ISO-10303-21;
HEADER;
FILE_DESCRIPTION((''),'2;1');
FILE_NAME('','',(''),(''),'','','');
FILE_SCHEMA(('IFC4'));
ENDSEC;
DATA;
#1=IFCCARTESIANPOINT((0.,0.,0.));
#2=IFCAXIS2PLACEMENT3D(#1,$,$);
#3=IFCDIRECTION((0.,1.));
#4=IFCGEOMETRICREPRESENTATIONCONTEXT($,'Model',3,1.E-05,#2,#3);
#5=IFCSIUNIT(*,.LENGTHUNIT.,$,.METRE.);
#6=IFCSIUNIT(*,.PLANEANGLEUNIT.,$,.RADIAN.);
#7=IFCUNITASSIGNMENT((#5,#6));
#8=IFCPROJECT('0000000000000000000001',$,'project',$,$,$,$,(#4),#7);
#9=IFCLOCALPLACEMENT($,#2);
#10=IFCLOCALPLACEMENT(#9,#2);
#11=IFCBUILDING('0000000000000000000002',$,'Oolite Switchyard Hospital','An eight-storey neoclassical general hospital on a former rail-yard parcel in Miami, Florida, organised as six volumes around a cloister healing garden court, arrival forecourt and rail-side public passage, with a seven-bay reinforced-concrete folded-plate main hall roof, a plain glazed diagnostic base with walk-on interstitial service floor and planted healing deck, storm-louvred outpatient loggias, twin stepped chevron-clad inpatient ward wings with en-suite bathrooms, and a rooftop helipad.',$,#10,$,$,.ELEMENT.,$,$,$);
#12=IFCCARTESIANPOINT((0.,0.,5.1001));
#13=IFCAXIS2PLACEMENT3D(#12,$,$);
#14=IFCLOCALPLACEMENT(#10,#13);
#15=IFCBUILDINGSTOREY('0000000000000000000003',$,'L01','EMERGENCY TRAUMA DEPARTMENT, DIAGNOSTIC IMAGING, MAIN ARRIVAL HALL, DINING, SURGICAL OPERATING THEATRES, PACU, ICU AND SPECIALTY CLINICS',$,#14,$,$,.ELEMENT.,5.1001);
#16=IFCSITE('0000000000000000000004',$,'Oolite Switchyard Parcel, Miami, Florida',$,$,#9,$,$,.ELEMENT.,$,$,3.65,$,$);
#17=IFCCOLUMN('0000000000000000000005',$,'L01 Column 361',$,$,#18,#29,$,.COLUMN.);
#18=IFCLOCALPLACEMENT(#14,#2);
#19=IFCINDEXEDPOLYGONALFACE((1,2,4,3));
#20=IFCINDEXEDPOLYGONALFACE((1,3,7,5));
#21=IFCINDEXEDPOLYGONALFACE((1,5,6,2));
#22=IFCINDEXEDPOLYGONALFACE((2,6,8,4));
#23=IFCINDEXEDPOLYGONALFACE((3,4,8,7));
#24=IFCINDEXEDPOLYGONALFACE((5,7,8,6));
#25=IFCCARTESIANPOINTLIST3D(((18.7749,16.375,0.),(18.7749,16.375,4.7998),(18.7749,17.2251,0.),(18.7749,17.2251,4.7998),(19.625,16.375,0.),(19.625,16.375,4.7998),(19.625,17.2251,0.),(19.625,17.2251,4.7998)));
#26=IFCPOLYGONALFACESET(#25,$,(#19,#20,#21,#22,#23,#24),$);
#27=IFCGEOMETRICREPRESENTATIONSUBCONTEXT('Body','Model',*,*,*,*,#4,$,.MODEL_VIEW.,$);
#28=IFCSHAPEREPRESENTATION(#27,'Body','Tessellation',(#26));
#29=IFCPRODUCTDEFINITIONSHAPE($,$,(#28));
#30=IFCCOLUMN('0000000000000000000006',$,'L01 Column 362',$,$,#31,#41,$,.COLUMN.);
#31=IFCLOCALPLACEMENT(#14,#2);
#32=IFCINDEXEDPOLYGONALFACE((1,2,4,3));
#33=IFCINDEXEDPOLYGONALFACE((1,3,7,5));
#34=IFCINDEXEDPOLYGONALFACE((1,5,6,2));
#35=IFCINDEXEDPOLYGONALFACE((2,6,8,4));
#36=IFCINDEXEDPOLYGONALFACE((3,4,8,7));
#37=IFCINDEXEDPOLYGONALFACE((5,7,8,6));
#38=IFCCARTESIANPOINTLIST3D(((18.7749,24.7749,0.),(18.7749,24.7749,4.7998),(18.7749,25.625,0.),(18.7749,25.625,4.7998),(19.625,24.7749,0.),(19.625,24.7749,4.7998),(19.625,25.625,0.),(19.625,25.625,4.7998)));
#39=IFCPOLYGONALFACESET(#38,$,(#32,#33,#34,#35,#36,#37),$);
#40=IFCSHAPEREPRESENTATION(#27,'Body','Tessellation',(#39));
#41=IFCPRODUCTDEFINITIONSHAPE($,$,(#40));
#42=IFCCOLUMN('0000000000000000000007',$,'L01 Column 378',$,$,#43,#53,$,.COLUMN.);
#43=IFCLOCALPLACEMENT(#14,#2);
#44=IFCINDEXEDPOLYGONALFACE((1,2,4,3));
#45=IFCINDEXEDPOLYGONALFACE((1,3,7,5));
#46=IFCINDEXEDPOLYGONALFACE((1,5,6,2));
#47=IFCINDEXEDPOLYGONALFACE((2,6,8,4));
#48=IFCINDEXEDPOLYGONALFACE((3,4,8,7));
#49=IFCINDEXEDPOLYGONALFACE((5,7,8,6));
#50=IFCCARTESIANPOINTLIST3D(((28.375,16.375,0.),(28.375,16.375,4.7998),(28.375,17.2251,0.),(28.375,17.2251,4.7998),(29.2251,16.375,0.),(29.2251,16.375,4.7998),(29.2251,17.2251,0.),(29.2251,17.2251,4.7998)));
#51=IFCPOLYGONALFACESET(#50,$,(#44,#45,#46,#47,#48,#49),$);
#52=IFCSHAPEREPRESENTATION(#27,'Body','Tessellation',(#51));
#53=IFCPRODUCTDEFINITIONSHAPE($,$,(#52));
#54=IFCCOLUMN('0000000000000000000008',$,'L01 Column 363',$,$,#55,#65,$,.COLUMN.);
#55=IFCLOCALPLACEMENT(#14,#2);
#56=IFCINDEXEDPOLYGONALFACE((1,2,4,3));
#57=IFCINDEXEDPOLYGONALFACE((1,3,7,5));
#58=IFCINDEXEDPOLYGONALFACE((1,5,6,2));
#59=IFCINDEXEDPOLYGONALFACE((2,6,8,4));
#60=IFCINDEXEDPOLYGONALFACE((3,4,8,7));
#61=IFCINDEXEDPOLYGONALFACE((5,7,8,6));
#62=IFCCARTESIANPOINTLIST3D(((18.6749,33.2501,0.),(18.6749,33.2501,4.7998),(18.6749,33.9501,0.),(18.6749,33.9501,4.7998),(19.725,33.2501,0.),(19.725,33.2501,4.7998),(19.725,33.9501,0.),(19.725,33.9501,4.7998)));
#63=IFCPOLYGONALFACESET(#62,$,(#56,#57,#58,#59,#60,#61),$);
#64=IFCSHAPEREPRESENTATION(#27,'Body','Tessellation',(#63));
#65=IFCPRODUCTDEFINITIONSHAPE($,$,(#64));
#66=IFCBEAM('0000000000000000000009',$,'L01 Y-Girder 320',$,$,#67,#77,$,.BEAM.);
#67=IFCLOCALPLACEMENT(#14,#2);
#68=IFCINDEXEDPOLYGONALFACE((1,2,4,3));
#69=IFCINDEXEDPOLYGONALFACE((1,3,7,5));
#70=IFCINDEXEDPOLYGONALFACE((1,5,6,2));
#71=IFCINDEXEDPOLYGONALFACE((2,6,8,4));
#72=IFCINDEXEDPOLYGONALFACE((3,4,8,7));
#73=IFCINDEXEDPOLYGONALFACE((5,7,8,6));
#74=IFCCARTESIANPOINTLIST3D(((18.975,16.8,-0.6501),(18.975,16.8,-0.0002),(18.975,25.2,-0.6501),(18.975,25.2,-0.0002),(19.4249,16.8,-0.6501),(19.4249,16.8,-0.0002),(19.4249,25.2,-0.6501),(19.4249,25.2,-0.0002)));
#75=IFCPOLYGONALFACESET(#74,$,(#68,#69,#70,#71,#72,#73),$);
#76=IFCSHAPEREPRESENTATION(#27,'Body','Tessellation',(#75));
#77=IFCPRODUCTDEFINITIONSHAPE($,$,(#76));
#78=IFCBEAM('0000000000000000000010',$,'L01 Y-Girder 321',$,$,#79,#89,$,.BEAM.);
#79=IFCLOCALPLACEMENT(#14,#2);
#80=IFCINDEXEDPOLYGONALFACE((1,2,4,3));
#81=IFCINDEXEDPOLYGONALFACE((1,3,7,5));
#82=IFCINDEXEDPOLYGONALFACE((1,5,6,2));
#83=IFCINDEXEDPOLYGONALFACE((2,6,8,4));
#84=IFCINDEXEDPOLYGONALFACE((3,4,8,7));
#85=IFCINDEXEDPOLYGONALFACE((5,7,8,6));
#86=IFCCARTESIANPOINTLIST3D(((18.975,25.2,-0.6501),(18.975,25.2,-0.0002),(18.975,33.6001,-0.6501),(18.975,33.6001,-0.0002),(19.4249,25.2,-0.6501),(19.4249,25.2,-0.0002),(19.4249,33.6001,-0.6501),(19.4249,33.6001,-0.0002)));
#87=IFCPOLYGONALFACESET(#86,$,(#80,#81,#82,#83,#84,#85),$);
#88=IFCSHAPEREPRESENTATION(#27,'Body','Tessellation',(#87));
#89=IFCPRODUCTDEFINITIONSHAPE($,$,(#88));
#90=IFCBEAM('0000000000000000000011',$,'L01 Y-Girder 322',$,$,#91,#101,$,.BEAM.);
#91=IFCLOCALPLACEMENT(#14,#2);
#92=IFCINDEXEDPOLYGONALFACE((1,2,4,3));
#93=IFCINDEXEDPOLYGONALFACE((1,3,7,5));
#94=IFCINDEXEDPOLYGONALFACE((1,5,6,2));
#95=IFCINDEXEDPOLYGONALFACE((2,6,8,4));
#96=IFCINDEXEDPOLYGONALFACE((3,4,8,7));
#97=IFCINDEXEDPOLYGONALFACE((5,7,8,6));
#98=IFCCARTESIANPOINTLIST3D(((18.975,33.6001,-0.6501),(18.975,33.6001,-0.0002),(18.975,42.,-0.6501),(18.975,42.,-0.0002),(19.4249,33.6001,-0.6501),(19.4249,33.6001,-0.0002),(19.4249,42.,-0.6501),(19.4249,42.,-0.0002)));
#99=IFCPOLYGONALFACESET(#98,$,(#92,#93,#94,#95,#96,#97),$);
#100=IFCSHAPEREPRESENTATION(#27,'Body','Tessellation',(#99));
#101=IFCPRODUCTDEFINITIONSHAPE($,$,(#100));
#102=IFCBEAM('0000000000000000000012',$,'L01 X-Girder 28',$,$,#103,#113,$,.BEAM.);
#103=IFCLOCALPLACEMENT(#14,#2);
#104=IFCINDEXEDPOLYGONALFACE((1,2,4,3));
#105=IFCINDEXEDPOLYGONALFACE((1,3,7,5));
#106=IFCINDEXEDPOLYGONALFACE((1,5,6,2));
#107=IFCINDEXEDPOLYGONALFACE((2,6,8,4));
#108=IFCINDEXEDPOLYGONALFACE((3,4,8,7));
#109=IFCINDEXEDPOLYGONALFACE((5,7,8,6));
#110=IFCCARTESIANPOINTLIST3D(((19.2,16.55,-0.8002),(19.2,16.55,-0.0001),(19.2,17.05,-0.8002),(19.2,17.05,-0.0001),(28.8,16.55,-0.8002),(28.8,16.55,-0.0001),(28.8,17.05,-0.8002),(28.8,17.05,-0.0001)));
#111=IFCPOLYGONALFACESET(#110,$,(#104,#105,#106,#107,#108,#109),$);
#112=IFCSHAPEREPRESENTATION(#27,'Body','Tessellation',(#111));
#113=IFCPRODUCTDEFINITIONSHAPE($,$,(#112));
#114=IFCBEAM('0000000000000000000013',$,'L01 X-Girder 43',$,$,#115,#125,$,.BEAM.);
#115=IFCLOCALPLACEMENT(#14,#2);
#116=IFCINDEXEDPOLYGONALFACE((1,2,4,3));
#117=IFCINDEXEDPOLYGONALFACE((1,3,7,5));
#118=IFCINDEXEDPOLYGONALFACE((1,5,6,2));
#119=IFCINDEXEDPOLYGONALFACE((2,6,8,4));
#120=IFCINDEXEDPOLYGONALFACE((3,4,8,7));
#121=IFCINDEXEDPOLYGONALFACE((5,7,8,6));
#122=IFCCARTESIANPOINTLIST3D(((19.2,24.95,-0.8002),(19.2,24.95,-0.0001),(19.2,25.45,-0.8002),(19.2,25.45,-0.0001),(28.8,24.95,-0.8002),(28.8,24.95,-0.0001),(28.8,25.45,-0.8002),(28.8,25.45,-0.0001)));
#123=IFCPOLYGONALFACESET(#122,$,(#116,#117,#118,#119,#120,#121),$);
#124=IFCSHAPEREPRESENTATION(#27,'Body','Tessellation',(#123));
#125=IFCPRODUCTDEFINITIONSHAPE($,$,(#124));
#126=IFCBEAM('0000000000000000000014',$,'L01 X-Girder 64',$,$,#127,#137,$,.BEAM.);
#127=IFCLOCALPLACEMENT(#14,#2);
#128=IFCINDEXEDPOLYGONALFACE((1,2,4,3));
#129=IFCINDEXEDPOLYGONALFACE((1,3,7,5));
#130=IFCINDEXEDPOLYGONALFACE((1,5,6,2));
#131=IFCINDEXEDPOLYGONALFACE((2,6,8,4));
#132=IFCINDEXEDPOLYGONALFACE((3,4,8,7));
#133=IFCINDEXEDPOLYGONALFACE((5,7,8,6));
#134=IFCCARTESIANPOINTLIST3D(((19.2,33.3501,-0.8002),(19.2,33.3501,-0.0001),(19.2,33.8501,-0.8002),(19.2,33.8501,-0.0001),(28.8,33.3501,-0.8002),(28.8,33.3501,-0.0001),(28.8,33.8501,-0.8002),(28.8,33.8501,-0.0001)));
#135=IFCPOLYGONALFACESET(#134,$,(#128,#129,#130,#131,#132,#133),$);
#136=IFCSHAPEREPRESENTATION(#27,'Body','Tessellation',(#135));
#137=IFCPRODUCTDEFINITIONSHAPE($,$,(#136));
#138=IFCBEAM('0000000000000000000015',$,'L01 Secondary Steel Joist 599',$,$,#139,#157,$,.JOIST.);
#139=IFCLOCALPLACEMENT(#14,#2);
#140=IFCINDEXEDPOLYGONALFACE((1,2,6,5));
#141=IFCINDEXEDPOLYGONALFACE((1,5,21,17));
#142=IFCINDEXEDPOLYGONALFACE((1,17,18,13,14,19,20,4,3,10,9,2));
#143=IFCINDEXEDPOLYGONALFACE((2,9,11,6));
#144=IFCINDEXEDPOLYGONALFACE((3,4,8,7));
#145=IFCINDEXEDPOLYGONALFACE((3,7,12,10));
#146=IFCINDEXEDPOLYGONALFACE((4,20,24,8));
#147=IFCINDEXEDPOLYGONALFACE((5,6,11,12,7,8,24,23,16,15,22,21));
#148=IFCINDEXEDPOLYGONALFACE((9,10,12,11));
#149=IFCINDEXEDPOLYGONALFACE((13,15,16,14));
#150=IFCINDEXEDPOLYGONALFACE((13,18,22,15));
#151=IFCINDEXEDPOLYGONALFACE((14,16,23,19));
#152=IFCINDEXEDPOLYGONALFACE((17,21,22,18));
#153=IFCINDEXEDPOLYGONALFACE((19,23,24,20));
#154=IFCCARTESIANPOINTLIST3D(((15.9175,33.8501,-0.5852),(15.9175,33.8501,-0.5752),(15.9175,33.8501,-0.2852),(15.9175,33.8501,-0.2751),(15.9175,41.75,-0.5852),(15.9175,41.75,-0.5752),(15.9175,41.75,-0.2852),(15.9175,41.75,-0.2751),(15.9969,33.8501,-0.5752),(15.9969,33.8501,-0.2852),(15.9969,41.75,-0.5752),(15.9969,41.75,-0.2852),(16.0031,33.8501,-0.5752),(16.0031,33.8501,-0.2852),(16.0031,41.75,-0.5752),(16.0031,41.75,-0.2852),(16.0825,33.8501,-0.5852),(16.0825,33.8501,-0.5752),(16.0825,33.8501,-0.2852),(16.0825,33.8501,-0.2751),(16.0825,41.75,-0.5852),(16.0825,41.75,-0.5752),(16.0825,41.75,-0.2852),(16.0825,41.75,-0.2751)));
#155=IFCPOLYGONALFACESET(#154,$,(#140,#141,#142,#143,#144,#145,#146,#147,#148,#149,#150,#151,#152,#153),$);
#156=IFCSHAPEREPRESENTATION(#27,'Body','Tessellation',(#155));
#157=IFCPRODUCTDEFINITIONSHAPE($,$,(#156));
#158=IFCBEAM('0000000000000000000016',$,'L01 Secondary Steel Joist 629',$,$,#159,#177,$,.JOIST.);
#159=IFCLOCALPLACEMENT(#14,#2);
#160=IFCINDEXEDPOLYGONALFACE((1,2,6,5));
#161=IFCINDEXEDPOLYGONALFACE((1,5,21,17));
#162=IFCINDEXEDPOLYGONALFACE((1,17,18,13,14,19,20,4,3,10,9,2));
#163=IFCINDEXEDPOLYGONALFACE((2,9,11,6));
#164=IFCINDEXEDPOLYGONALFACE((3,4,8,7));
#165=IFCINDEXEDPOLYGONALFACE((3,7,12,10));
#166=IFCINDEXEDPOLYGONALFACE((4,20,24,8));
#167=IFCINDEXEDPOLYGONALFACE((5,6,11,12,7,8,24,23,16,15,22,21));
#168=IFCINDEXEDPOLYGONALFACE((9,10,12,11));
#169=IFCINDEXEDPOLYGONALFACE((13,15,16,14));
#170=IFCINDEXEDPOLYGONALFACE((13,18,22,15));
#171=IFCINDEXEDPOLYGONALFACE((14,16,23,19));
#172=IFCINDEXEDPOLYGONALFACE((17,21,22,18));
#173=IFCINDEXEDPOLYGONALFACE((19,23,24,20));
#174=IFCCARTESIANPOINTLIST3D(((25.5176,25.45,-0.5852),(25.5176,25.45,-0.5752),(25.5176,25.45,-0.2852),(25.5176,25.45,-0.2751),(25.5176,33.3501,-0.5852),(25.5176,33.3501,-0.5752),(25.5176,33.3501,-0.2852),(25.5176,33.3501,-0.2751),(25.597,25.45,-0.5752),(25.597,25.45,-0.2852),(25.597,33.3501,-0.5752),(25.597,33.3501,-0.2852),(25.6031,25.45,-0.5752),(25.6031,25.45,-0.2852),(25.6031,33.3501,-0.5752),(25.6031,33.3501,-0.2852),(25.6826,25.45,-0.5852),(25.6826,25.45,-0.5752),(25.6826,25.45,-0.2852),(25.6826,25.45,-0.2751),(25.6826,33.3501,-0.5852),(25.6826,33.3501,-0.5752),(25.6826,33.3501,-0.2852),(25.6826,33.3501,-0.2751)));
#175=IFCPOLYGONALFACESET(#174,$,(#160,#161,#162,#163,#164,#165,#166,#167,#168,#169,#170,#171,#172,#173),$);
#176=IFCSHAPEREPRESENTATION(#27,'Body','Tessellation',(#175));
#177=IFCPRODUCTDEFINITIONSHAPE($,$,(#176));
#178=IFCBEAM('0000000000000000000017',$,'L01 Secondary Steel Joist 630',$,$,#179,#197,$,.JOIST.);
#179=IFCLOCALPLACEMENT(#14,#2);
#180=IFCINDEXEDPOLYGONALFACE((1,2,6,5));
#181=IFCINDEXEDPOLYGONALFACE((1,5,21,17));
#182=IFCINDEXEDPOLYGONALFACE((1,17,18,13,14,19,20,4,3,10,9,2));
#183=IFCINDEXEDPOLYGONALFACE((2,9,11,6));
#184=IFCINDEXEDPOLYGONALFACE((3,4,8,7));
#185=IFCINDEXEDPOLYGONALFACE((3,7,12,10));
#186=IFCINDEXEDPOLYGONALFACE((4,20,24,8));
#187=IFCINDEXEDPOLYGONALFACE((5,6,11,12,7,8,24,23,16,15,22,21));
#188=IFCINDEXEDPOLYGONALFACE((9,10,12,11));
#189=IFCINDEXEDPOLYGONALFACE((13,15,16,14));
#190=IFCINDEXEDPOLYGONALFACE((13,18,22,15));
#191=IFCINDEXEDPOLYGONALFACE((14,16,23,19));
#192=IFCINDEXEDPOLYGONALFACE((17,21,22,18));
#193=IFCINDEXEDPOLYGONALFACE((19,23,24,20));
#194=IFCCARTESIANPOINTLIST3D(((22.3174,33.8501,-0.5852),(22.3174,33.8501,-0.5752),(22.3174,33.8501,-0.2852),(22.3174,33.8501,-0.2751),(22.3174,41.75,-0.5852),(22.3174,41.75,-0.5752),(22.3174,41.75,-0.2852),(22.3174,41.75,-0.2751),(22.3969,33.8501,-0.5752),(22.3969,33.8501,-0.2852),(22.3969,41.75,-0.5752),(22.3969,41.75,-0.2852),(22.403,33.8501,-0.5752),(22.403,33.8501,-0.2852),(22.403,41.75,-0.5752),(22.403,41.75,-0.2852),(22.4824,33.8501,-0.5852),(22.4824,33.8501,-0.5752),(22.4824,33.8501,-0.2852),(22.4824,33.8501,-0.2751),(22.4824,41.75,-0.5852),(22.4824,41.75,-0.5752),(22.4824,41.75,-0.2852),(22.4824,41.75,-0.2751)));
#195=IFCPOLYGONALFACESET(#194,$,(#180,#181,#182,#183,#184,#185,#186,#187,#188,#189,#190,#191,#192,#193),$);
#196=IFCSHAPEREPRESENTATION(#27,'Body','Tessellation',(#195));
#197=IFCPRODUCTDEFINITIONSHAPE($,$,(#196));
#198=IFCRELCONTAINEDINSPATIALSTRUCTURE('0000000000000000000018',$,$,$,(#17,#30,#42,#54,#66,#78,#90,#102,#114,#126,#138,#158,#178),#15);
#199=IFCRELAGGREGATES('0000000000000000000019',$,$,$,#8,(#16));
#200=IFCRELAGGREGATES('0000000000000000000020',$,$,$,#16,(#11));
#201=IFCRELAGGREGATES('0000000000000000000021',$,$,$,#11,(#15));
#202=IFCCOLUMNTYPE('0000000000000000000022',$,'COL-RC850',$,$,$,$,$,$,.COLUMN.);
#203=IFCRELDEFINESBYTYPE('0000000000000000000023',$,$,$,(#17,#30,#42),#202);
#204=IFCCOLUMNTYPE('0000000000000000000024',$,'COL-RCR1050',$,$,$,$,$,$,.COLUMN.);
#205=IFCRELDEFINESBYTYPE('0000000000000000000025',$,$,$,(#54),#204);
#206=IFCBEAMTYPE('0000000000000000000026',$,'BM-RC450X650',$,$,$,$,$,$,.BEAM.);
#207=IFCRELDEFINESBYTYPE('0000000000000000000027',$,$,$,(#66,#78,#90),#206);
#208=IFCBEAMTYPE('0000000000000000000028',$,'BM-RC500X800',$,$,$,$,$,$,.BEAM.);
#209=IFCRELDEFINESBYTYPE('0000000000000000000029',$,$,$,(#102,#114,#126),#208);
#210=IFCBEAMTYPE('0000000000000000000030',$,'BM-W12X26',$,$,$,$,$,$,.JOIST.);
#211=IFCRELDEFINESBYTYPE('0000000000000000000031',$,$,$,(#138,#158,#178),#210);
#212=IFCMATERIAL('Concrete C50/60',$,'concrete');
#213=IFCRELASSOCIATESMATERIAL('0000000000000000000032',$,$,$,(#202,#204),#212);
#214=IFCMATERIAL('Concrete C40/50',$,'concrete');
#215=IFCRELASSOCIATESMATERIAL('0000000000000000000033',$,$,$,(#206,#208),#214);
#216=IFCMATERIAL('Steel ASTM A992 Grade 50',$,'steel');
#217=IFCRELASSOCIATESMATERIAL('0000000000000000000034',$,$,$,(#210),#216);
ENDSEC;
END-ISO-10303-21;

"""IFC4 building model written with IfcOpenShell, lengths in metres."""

from ifc_helpers import new_model, si_unit, direction, frame, origin, origin_2d, place, context, subcontext, project, spatial, rectangle, i_section, extrude, material, material_profile, profile_set, type_object, element, save


model = new_model("IFC4")

# Units and contexts
model_context = context("Model", 3, precision=1e-05, world=origin(), true_north=direction((0.0, 1.0)))
body_context = subcontext(model_context, "Body", "Model", "MODEL_VIEW")
ifc_project = project(units=[si_unit("LENGTHUNIT", "METRE"), si_unit("PLANEANGLEUNIT", "RADIAN")], contexts=[model_context])

# Site, building, storey
site_placement = place(None, origin())
site = spatial("IfcSite", under=ifc_project, at=site_placement, Name="Oolite Switchyard Parcel, Miami, Florida", CompositionType="ELEMENT", RefElevation=3.65)
building_placement = place(site_placement, origin())
building = spatial("IfcBuilding", under=site, at=building_placement, Name="Oolite Switchyard Hospital", Description="An eight-storey neoclassical general hospital on a former rail-yard parcel in Miami, Florida, organised as six volumes around a cloister healing garden court, arrival forecourt and rail-side public passage, with a seven-bay reinforced-concrete folded-plate main hall roof, a plain glazed diagnostic base with walk-on interstitial service floor and planted healing deck, storm-louvred outpatient loggias, twin stepped chevron-clad inpatient ward wings with en-suite bathrooms, and a rooftop helipad.", CompositionType="ELEMENT")
storey_placement = place(building_placement, frame((0.0, 0.0, 5.1001)))
storey = spatial("IfcBuildingStorey", under=building, at=storey_placement, Name="L01", Description="EMERGENCY TRAUMA DEPARTMENT, DIAGNOSTIC IMAGING, MAIN ARRIVAL HALL, DINING, SURGICAL OPERATING THEATRES, PACU, ICU AND SPECIALTY CLINICS", CompositionType="ELEMENT", Elevation=5.1001)

# Columns
ifc_material_1 = material(Name="Concrete C50/60", Category="concrete")
ifc_material_profile_1 = material_profile(ifc_material_1, rectangle(XDim=0.8501, YDim=0.8501, at=origin_2d()), Name="RC850X850")
ifc_profile_set_1 = profile_set([ifc_material_profile_1], Name="Concrete C50/60")
column_type_1 = type_object("IfcColumnType", Name="COL-RC850", PredefinedType="COLUMN", material=ifc_profile_set_1)
for number, where, z_axis, x_axis, name in (
    (1, (19.2, 16.8, 0.0), (0.0, 0.0, 1.0), (1.0, 0.0, 0.0), "L01 Column 361"),
    (2, (19.2, 25.2, 0.0), (0.0, 0.0, 1.0), (1.0, 0.0, 0.0), "L01 Column 362"),
    (3, (28.8, 16.8, 0.0), (0.0, 0.0, 1.0), (1.0, 0.0, 0.0), "L01 Column 378"),
):
    element("IfcColumn", number, at=place(storey_placement, frame(where, z_axis=z_axis, x_axis=x_axis)), inside=storey, type_object=column_type_1, Name=name, PredefinedType="COLUMN", context=body_context, shape_type="SweptSolid", body=[
        extrude(rectangle(XDim=0.8501, YDim=0.8501, at=origin_2d()), origin(), (0.0, 0.0, 1.0), 4.7998),
    ])
ifc_material_profile_2 = material_profile(ifc_material_1, rectangle(XDim=1.05, YDim=0.7, at=origin_2d()), Name="RC1050X700")
ifc_profile_set_2 = profile_set([ifc_material_profile_2], Name="Concrete C50/60")
column_type_2 = type_object("IfcColumnType", Name="COL-RCR1050", PredefinedType="COLUMN", material=ifc_profile_set_2)
column_placement = place(storey_placement, frame((19.2, 33.6001, 0.0), z_axis=(0.0, 0.0, 1.0), x_axis=(1.0, 0.0, 0.0)))
element("IfcColumn", 4, at=column_placement, inside=storey, type_object=column_type_2, Name="L01 Column 363", PredefinedType="COLUMN", context=body_context, shape_type="SweptSolid", body=[
    extrude(rectangle(XDim=1.05, YDim=0.7, at=origin_2d()), origin(), (0.0, 0.0, 1.0), 4.7998),
])

# Beams
ifc_material_2 = material(Name="Concrete C40/50", Category="concrete")
ifc_material_profile_3 = material_profile(ifc_material_2, rectangle(XDim=0.45, YDim=0.6499, at=origin_2d()), Name="RCB450X650")
ifc_profile_set_3 = profile_set([ifc_material_profile_3], Name="Concrete C40/50")
beam_type_1 = type_object("IfcBeamType", Name="BM-RC450X650", PredefinedType="BEAM", material=ifc_profile_set_3)
beam_1_placement = place(storey_placement, frame((19.2, 16.8, -0.3252), z_axis=(0.0, 1.0, 0.0), x_axis=(-1.0, 0.0, 0.0)))
element("IfcBeam", 5, at=beam_1_placement, inside=storey, type_object=beam_type_1, Name="L01 Y-Girder 320", PredefinedType="BEAM", context=body_context, shape_type="SweptSolid", body=[
    extrude(rectangle(XDim=0.45, YDim=0.6499, at=origin_2d()), origin(), (0.0, 0.0, 1.0), 8.3999),
])
beam_2_placement = place(storey_placement, frame((19.2, 25.2, -0.3252), z_axis=(0.0, 1.0, 0.0), x_axis=(-1.0, 0.0, 0.0)))
element("IfcBeam", 6, at=beam_2_placement, inside=storey, type_object=beam_type_1, Name="L01 Y-Girder 321", PredefinedType="BEAM", context=body_context, shape_type="SweptSolid", body=[
    extrude(rectangle(XDim=0.45, YDim=0.6499, at=origin_2d()), origin(), (0.0, 0.0, 1.0), 8.4001),
])
beam_3_placement = place(storey_placement, frame((19.2, 33.6001, -0.3252), z_axis=(0.0, 1.0, 0.0), x_axis=(-1.0, 0.0, 0.0)))
element("IfcBeam", 7, at=beam_3_placement, inside=storey, type_object=beam_type_1, Name="L01 Y-Girder 322", PredefinedType="BEAM", context=body_context, shape_type="SweptSolid", body=[
    extrude(rectangle(XDim=0.45, YDim=0.6499, at=origin_2d()), origin(), (0.0, 0.0, 1.0), 8.3999),
])
ifc_material_profile_4 = material_profile(ifc_material_2, rectangle(XDim=0.5, YDim=0.8, at=origin_2d()), Name="RCB500X800")
ifc_profile_set_4 = profile_set([ifc_material_profile_4], Name="Concrete C40/50")
beam_type_2 = type_object("IfcBeamType", Name="BM-RC500X800", PredefinedType="BEAM", material=ifc_profile_set_4)
for number, where, z_axis, x_axis, name in (
    (8, (19.2, 16.8, -0.4001), (1.0, 0.0, 0.0), (0.0, 1.0, 0.0), "L01 X-Girder 28"),
    (9, (19.2, 25.2, -0.4001), (1.0, 0.0, 0.0), (0.0, 1.0, 0.0), "L01 X-Girder 43"),
    (10, (19.2, 33.6001, -0.4001), (1.0, 0.0, 0.0), (0.0, 1.0, 0.0), "L01 X-Girder 64"),
):
    element("IfcBeam", number, at=place(storey_placement, frame(where, z_axis=z_axis, x_axis=x_axis)), inside=storey, type_object=beam_type_2, Name=name, PredefinedType="BEAM", context=body_context, shape_type="SweptSolid", body=[
        extrude(rectangle(XDim=0.5, YDim=0.8, at=origin_2d()), origin(), (0.0, 0.0, 1.0), 9.6001),
    ])
ifc_material_3 = material(Name="Steel ASTM A992 Grade 50", Category="steel")
ifc_material_profile_5 = material_profile(ifc_material_3, i_section(OverallWidth=0.165, OverallDepth=0.3101, WebThickness=0.0061, FlangeThickness=0.01, at=origin_2d()), Name="W12X26")
ifc_profile_set_5 = profile_set([ifc_material_profile_5], Name="Steel ASTM A992 Grade 50")
beam_type_3 = type_object("IfcBeamType", Name="BM-W12X26", PredefinedType="JOIST", material=ifc_profile_set_5)
beam_4_placement = place(storey_placement, frame((16.0, 33.8501, -0.4302), z_axis=(0.0, 1.0, 0.0), x_axis=(-1.0, 0.0, 0.0)))
element("IfcBeam", 11, at=beam_4_placement, inside=storey, type_object=beam_type_3, Name="L01 Secondary Steel Joist 599", PredefinedType="JOIST", context=body_context, shape_type="SweptSolid", body=[
    extrude(i_section(OverallWidth=0.165, OverallDepth=0.3101, WebThickness=0.0061, FlangeThickness=0.01, at=origin_2d()), origin(), (0.0, 0.0, 1.0), 7.8999),
])
beam_5_placement = place(storey_placement, frame((25.6001, 25.45, -0.4302), z_axis=(0.0, 1.0, 0.0), x_axis=(-1.0, 0.0, 0.0)))
element("IfcBeam", 12, at=beam_5_placement, inside=storey, type_object=beam_type_3, Name="L01 Secondary Steel Joist 629", PredefinedType="JOIST", context=body_context, shape_type="SweptSolid", body=[
    extrude(i_section(OverallWidth=0.165, OverallDepth=0.3101, WebThickness=0.0061, FlangeThickness=0.01, at=origin_2d()), origin(), (0.0, 0.0, 1.0), 7.9001),
])
beam_6_placement = place(storey_placement, frame((22.3999, 33.8501, -0.4302), z_axis=(0.0, 1.0, 0.0), x_axis=(-1.0, 0.0, 0.0)))
element("IfcBeam", 13, at=beam_6_placement, inside=storey, type_object=beam_type_3, Name="L01 Secondary Steel Joist 630", PredefinedType="JOIST", context=body_context, shape_type="SweptSolid", body=[
    extrude(i_section(OverallWidth=0.165, OverallDepth=0.3101, WebThickness=0.0061, FlangeThickness=0.01, at=origin_2d()), origin(), (0.0, 0.0, 1.0), 7.8999),
])

save(model, "model.ifc")
